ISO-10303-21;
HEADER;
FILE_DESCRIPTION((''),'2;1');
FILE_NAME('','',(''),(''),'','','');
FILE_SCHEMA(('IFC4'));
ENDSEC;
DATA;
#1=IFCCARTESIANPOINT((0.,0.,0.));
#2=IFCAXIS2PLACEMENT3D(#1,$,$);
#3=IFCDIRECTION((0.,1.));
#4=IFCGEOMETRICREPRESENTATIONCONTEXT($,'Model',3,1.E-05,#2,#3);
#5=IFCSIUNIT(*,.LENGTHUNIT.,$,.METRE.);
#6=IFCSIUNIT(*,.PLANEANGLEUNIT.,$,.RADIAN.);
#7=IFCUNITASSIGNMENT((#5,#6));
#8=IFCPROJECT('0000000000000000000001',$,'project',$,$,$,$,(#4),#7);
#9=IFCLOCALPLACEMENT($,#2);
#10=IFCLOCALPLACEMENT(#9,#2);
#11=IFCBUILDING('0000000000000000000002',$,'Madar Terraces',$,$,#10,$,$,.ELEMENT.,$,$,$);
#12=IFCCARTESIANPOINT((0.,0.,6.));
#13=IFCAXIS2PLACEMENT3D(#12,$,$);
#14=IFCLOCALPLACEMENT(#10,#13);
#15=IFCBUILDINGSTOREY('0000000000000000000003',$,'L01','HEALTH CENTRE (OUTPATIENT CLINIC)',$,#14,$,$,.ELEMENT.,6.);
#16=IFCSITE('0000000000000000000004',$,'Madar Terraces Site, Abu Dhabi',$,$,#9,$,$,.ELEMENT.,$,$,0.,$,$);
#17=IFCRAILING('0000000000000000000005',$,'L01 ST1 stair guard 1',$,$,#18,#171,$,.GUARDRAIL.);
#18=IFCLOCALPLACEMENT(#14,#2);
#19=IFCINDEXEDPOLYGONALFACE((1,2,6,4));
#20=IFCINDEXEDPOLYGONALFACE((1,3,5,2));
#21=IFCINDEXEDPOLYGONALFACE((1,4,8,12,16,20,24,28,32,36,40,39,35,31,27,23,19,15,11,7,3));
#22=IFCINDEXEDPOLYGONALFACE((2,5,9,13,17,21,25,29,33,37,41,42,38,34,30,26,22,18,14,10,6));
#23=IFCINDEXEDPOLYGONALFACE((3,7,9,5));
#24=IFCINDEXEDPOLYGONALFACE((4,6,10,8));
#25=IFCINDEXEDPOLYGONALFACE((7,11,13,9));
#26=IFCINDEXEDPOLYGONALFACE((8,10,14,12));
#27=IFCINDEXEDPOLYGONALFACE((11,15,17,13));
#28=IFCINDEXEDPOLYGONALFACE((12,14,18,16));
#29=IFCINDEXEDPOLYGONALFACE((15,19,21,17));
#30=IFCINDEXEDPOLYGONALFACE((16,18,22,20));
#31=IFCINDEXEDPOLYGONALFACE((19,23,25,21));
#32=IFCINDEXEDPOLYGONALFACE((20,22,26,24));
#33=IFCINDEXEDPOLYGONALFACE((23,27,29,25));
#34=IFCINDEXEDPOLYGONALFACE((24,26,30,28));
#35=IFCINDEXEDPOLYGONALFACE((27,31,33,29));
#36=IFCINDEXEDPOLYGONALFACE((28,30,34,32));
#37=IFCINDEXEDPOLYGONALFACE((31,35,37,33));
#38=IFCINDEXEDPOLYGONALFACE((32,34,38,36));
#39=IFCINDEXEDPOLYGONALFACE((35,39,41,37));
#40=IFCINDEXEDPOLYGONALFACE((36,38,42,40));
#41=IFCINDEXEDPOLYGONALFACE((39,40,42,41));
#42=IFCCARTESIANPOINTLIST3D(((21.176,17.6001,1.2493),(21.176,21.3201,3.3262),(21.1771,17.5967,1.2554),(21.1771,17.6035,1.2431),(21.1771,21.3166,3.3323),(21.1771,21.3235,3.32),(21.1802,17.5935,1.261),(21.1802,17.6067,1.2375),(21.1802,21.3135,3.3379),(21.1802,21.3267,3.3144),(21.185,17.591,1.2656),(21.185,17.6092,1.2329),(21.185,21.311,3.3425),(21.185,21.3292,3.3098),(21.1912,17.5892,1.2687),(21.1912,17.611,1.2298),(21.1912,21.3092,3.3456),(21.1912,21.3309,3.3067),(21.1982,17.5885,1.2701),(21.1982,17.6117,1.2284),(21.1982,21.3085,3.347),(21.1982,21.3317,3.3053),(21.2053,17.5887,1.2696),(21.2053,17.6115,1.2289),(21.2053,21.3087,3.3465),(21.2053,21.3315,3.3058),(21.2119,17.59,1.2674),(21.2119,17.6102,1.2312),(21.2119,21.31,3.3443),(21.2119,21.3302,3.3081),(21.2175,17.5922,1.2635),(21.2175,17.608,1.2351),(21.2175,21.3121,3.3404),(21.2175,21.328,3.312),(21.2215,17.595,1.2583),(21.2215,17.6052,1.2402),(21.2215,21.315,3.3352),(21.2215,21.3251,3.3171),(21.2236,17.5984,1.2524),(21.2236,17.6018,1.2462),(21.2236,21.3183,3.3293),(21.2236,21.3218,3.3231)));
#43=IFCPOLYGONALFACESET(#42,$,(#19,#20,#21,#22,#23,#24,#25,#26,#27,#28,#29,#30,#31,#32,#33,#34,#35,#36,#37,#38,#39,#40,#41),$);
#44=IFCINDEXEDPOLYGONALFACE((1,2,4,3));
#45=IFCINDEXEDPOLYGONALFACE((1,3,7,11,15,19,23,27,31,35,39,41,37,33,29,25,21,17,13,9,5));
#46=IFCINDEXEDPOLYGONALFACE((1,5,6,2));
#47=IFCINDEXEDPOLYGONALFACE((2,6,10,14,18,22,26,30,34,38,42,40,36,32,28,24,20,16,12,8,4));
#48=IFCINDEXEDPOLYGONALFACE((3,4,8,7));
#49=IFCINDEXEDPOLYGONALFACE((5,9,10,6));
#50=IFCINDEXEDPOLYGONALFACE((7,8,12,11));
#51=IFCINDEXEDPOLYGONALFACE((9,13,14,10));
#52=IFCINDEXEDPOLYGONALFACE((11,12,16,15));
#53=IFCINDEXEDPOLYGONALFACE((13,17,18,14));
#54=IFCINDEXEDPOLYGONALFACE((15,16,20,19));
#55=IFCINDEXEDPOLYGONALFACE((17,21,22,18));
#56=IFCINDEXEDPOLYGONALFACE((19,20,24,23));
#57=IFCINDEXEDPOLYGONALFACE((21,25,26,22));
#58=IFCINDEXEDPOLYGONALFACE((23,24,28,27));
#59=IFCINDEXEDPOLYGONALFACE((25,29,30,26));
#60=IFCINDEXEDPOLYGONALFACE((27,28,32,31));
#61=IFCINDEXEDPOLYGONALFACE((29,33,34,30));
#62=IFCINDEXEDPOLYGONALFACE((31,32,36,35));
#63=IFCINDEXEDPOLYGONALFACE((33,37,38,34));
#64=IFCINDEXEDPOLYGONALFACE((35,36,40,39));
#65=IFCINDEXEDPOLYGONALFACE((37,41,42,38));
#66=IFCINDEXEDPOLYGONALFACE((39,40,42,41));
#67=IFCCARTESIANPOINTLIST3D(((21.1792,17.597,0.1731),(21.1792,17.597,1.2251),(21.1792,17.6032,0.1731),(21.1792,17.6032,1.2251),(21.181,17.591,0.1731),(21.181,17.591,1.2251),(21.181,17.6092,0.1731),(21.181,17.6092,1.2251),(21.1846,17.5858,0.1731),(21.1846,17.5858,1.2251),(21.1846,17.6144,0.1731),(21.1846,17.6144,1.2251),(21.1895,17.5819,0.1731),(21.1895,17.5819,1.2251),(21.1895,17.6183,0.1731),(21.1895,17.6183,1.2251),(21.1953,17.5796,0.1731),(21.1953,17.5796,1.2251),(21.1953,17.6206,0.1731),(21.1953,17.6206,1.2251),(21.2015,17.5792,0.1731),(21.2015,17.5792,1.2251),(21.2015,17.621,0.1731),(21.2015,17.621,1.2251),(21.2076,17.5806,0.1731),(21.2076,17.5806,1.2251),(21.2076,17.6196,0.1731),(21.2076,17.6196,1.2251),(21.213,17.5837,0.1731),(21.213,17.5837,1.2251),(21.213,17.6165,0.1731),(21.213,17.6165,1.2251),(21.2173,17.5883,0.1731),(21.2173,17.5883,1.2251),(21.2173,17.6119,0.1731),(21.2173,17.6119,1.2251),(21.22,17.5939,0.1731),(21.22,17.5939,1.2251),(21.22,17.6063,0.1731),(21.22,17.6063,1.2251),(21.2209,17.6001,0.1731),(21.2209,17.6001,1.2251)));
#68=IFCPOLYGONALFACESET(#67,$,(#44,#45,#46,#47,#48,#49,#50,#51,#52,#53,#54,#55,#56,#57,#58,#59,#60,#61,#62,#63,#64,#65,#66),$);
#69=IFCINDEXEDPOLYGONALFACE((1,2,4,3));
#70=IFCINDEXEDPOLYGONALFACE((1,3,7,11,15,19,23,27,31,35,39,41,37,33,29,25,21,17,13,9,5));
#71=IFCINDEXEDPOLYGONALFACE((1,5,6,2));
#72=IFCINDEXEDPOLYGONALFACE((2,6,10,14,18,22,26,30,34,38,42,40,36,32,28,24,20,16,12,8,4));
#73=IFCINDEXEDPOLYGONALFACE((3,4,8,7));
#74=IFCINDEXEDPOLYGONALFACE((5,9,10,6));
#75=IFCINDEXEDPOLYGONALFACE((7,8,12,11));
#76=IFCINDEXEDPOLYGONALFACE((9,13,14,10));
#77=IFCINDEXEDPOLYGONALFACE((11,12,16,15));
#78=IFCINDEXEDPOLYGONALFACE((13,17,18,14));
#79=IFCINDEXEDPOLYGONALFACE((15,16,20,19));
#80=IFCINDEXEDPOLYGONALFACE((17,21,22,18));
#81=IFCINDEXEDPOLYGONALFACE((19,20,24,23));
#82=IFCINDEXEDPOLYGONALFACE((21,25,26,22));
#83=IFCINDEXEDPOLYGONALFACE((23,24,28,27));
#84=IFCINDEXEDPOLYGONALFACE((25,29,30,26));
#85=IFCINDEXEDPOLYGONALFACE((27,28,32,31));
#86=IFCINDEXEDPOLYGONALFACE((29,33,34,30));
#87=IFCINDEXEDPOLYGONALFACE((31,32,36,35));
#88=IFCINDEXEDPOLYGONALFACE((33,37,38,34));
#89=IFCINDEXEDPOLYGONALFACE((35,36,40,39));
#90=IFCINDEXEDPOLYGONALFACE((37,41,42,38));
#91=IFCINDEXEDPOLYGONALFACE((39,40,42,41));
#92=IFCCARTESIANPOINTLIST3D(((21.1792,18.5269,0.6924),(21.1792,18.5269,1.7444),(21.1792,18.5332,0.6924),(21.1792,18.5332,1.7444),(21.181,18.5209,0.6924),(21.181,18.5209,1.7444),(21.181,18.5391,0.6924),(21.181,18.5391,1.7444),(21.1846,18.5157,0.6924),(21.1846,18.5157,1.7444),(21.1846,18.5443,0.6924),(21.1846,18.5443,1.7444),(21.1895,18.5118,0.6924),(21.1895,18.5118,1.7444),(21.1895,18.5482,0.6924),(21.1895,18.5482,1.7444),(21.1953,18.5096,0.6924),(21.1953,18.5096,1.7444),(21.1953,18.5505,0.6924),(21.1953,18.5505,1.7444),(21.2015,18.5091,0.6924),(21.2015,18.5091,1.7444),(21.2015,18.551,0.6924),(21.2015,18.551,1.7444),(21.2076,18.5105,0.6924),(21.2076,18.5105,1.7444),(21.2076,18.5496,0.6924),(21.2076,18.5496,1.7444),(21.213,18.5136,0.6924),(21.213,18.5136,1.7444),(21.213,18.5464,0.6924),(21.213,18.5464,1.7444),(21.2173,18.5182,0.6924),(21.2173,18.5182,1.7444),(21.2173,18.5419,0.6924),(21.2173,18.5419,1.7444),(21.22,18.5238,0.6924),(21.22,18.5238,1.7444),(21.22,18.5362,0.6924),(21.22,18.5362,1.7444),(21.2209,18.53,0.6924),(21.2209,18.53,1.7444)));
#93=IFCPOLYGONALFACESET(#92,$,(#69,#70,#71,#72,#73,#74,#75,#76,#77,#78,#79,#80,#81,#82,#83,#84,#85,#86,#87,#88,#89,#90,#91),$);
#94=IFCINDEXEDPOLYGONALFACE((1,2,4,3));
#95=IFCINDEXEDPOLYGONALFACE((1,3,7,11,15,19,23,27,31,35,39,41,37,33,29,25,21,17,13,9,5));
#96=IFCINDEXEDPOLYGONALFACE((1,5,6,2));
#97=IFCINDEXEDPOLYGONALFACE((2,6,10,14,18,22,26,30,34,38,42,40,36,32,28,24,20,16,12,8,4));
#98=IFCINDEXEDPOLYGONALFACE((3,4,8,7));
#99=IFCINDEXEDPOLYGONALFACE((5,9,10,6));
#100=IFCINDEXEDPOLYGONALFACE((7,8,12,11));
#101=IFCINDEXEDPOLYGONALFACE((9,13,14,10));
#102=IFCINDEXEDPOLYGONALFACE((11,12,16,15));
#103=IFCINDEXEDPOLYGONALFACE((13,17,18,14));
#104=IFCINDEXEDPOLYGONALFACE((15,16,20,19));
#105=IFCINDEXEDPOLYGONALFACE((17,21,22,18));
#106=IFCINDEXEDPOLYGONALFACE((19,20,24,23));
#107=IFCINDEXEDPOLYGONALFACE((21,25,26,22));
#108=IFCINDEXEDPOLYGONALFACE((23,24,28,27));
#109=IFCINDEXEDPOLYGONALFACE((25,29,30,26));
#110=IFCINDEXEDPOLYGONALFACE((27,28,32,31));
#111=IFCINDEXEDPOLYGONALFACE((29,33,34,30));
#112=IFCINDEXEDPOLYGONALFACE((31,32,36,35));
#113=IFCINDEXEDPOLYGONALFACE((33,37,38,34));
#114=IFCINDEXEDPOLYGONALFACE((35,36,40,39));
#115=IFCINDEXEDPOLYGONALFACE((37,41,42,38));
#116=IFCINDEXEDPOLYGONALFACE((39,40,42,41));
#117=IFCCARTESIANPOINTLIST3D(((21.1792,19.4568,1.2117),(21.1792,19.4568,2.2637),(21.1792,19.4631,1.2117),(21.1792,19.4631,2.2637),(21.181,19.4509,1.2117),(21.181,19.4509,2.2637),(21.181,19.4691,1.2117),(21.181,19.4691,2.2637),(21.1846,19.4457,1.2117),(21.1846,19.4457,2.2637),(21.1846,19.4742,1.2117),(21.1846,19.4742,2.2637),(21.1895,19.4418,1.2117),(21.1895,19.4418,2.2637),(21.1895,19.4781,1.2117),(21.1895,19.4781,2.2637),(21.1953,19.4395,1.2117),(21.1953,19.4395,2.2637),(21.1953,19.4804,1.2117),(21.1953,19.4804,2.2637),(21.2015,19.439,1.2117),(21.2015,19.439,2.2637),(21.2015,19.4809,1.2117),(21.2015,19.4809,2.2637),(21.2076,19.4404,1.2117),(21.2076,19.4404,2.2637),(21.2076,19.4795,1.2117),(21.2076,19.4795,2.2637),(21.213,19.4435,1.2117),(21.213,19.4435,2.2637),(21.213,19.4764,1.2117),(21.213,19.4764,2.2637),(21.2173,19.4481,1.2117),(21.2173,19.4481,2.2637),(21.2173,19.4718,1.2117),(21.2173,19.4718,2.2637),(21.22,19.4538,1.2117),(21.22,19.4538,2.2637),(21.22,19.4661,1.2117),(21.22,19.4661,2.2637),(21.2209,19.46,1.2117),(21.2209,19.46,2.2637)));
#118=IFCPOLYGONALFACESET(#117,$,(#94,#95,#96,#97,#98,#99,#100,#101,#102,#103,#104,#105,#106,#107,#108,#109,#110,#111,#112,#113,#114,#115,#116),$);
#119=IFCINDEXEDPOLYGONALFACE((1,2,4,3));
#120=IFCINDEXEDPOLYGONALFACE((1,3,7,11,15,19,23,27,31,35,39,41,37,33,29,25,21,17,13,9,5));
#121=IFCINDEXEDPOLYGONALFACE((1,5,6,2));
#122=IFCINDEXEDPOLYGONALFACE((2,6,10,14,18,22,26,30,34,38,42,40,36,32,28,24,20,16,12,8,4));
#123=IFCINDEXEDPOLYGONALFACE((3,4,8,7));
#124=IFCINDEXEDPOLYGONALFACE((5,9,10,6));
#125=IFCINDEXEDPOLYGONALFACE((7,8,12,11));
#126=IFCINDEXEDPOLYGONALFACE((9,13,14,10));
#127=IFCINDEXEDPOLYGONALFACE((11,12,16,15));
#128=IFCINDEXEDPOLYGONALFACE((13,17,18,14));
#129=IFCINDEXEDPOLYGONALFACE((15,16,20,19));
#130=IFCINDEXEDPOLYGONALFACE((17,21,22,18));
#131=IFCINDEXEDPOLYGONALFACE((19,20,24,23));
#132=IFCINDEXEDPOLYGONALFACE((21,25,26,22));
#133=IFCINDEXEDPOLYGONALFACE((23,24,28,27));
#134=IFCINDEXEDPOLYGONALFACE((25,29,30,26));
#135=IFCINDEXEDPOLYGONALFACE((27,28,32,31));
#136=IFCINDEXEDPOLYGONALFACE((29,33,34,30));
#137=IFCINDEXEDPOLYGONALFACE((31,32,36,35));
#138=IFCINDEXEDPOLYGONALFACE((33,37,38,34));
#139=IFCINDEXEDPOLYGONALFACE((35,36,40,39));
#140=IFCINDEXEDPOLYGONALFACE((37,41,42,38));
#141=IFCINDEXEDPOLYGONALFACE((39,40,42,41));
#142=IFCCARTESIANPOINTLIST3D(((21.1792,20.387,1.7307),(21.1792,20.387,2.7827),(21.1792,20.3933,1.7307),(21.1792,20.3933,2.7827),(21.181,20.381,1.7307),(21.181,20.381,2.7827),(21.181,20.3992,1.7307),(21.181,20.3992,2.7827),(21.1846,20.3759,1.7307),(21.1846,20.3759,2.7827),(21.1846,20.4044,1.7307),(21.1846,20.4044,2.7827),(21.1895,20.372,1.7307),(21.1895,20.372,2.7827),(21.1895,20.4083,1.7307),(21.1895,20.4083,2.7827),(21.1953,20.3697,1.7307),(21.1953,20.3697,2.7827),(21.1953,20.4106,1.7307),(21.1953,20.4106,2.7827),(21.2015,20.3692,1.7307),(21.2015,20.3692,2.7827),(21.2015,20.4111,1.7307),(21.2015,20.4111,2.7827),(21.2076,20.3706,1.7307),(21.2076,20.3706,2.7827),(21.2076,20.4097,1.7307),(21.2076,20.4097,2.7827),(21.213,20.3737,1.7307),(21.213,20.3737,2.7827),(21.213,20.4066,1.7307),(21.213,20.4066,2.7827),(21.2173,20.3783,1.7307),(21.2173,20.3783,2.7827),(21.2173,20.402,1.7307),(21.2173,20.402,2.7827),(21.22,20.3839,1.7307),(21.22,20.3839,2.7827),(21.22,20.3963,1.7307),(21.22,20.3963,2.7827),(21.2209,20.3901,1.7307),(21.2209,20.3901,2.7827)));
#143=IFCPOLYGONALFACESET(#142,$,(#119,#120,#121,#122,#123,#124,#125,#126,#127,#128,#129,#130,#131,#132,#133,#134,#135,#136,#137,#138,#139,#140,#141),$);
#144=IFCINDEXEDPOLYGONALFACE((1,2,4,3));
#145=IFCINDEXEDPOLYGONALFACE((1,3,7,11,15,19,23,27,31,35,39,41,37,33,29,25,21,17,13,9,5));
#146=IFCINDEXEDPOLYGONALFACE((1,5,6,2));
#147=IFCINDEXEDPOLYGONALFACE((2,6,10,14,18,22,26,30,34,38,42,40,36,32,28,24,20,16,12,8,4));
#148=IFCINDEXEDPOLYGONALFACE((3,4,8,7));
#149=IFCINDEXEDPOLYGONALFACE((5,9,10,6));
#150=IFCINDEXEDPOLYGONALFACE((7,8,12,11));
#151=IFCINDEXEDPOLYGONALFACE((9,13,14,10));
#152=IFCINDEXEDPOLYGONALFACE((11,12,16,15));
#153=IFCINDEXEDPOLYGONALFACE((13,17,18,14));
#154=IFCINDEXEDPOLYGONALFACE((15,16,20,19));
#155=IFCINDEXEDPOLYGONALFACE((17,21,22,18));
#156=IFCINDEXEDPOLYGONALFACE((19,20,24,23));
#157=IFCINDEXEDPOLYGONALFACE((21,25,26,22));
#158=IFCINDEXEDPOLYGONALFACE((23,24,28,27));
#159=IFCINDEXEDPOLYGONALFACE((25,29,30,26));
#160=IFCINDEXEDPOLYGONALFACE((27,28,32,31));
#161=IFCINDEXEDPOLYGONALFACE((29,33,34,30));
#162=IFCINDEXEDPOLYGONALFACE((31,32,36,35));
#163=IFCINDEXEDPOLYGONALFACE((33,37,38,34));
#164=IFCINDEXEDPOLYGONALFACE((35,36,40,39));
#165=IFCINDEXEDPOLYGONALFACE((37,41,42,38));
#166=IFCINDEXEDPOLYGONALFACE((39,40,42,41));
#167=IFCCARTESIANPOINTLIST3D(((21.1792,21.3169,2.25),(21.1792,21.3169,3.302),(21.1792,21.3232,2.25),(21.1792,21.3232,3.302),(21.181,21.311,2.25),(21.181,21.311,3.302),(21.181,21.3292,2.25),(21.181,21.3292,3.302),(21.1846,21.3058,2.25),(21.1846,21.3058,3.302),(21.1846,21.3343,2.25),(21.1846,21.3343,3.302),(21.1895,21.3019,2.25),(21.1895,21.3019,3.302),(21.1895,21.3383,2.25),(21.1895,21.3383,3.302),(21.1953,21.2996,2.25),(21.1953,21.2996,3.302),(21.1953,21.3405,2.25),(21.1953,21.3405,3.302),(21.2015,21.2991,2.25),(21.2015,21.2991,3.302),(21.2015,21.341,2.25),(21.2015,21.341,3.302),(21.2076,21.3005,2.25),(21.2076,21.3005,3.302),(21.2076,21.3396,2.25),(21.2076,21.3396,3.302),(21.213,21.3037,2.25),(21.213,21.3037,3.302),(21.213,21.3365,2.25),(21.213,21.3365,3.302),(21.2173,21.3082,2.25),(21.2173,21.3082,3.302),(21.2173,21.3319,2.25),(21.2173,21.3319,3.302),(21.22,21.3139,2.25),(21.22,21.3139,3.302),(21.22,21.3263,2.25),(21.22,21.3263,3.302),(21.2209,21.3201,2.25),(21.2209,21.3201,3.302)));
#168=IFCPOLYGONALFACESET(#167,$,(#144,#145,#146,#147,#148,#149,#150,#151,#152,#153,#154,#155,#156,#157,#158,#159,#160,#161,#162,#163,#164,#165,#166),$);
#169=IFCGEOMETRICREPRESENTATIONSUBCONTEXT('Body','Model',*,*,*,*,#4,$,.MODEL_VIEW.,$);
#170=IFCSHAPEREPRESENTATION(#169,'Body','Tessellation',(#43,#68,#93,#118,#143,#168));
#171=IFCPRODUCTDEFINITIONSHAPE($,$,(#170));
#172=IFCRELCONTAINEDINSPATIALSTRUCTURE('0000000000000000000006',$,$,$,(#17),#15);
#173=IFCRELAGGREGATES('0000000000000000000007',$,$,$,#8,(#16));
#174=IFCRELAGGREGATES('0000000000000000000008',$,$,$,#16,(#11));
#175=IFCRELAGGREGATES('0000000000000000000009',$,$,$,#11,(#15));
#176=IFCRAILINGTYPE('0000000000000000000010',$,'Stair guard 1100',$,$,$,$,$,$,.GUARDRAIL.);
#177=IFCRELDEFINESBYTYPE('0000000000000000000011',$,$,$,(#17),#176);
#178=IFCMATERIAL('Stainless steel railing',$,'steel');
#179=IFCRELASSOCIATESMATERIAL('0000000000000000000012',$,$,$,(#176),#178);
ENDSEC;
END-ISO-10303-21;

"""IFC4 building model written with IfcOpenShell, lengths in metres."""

from ifc_helpers import new_model, si_unit, direction, frame, origin, origin_2d, place, context, subcontext, project, spatial, circle, extrude, material, type_object, element, save


model = new_model("IFC4")

# Units and contexts
model_context = context("Model", 3, precision=1e-05, world=origin(), true_north=direction((0.0, 1.0)))
body_context = subcontext(model_context, "Body", "Model", "MODEL_VIEW")
ifc_project = project(units=[si_unit("LENGTHUNIT", "METRE"), si_unit("PLANEANGLEUNIT", "RADIAN")], contexts=[model_context])

# Site, building, storey
site_placement = place(None, origin())
site = spatial("IfcSite", under=ifc_project, at=site_placement, Name="Madar Terraces Site, Abu Dhabi", CompositionType="ELEMENT", RefElevation=0.0)
building_placement = place(site_placement, origin())
building = spatial("IfcBuilding", under=site, at=building_placement, Name="Madar Terraces", CompositionType="ELEMENT")
storey_placement = place(building_placement, frame((0.0, 0.0, 6.0)))
storey = spatial("IfcBuildingStorey", under=building, at=storey_placement, Name="L01", Description="HEALTH CENTRE (OUTPATIENT CLINIC)", CompositionType="ELEMENT", Elevation=6.0)

# Railing
ifc_material_1 = material(Name="Stainless steel railing", Category="steel")
railing_type_1 = type_object("IfcRailingType", Name="Stair guard 1100", PredefinedType="GUARDRAIL", material=ifc_material_1)
railing_1_placement = place(storey_placement, frame((21.2, 17.6001, 0.1731)))
element("IfcRailing", 1, at=railing_1_placement, inside=storey, type_object=railing_type_1, Name="L01 ST1 stair guard 1", PredefinedType="GUARDRAIL", context=body_context, shape_type="SweptSolid", body=[
    extrude(circle(Radius=0.0239, at=origin_2d()), frame((0.0, 0.0, 1.0762), z_axis=(0.0, 0.873134, 0.487481), x_axis=(-1.0, 0.0, 0.0)), (0.0, 0.0, 1.0), 4.2605),
    extrude(circle(Radius=0.021, at=origin_2d()), origin(), (0.0, 0.0, 1.0), 1.052),
    extrude(circle(Radius=0.021, at=origin_2d()), frame((0.0, 0.9299, 0.5193)), (0.0, 0.0, 1.0), 1.052),
    extrude(circle(Radius=0.021, at=origin_2d()), frame((0.0, 1.8599, 1.0386)), (0.0, 0.0, 1.0), 1.052),
    extrude(circle(Radius=0.021, at=origin_2d()), frame((0.0, 2.79, 1.5576)), (0.0, 0.0, 1.0), 1.052),
    extrude(circle(Radius=0.021, at=origin_2d()), frame((0.0, 3.72, 2.0769)), (0.0, 0.0, 1.0), 1.052),
])

save(model, "model.ifc")
